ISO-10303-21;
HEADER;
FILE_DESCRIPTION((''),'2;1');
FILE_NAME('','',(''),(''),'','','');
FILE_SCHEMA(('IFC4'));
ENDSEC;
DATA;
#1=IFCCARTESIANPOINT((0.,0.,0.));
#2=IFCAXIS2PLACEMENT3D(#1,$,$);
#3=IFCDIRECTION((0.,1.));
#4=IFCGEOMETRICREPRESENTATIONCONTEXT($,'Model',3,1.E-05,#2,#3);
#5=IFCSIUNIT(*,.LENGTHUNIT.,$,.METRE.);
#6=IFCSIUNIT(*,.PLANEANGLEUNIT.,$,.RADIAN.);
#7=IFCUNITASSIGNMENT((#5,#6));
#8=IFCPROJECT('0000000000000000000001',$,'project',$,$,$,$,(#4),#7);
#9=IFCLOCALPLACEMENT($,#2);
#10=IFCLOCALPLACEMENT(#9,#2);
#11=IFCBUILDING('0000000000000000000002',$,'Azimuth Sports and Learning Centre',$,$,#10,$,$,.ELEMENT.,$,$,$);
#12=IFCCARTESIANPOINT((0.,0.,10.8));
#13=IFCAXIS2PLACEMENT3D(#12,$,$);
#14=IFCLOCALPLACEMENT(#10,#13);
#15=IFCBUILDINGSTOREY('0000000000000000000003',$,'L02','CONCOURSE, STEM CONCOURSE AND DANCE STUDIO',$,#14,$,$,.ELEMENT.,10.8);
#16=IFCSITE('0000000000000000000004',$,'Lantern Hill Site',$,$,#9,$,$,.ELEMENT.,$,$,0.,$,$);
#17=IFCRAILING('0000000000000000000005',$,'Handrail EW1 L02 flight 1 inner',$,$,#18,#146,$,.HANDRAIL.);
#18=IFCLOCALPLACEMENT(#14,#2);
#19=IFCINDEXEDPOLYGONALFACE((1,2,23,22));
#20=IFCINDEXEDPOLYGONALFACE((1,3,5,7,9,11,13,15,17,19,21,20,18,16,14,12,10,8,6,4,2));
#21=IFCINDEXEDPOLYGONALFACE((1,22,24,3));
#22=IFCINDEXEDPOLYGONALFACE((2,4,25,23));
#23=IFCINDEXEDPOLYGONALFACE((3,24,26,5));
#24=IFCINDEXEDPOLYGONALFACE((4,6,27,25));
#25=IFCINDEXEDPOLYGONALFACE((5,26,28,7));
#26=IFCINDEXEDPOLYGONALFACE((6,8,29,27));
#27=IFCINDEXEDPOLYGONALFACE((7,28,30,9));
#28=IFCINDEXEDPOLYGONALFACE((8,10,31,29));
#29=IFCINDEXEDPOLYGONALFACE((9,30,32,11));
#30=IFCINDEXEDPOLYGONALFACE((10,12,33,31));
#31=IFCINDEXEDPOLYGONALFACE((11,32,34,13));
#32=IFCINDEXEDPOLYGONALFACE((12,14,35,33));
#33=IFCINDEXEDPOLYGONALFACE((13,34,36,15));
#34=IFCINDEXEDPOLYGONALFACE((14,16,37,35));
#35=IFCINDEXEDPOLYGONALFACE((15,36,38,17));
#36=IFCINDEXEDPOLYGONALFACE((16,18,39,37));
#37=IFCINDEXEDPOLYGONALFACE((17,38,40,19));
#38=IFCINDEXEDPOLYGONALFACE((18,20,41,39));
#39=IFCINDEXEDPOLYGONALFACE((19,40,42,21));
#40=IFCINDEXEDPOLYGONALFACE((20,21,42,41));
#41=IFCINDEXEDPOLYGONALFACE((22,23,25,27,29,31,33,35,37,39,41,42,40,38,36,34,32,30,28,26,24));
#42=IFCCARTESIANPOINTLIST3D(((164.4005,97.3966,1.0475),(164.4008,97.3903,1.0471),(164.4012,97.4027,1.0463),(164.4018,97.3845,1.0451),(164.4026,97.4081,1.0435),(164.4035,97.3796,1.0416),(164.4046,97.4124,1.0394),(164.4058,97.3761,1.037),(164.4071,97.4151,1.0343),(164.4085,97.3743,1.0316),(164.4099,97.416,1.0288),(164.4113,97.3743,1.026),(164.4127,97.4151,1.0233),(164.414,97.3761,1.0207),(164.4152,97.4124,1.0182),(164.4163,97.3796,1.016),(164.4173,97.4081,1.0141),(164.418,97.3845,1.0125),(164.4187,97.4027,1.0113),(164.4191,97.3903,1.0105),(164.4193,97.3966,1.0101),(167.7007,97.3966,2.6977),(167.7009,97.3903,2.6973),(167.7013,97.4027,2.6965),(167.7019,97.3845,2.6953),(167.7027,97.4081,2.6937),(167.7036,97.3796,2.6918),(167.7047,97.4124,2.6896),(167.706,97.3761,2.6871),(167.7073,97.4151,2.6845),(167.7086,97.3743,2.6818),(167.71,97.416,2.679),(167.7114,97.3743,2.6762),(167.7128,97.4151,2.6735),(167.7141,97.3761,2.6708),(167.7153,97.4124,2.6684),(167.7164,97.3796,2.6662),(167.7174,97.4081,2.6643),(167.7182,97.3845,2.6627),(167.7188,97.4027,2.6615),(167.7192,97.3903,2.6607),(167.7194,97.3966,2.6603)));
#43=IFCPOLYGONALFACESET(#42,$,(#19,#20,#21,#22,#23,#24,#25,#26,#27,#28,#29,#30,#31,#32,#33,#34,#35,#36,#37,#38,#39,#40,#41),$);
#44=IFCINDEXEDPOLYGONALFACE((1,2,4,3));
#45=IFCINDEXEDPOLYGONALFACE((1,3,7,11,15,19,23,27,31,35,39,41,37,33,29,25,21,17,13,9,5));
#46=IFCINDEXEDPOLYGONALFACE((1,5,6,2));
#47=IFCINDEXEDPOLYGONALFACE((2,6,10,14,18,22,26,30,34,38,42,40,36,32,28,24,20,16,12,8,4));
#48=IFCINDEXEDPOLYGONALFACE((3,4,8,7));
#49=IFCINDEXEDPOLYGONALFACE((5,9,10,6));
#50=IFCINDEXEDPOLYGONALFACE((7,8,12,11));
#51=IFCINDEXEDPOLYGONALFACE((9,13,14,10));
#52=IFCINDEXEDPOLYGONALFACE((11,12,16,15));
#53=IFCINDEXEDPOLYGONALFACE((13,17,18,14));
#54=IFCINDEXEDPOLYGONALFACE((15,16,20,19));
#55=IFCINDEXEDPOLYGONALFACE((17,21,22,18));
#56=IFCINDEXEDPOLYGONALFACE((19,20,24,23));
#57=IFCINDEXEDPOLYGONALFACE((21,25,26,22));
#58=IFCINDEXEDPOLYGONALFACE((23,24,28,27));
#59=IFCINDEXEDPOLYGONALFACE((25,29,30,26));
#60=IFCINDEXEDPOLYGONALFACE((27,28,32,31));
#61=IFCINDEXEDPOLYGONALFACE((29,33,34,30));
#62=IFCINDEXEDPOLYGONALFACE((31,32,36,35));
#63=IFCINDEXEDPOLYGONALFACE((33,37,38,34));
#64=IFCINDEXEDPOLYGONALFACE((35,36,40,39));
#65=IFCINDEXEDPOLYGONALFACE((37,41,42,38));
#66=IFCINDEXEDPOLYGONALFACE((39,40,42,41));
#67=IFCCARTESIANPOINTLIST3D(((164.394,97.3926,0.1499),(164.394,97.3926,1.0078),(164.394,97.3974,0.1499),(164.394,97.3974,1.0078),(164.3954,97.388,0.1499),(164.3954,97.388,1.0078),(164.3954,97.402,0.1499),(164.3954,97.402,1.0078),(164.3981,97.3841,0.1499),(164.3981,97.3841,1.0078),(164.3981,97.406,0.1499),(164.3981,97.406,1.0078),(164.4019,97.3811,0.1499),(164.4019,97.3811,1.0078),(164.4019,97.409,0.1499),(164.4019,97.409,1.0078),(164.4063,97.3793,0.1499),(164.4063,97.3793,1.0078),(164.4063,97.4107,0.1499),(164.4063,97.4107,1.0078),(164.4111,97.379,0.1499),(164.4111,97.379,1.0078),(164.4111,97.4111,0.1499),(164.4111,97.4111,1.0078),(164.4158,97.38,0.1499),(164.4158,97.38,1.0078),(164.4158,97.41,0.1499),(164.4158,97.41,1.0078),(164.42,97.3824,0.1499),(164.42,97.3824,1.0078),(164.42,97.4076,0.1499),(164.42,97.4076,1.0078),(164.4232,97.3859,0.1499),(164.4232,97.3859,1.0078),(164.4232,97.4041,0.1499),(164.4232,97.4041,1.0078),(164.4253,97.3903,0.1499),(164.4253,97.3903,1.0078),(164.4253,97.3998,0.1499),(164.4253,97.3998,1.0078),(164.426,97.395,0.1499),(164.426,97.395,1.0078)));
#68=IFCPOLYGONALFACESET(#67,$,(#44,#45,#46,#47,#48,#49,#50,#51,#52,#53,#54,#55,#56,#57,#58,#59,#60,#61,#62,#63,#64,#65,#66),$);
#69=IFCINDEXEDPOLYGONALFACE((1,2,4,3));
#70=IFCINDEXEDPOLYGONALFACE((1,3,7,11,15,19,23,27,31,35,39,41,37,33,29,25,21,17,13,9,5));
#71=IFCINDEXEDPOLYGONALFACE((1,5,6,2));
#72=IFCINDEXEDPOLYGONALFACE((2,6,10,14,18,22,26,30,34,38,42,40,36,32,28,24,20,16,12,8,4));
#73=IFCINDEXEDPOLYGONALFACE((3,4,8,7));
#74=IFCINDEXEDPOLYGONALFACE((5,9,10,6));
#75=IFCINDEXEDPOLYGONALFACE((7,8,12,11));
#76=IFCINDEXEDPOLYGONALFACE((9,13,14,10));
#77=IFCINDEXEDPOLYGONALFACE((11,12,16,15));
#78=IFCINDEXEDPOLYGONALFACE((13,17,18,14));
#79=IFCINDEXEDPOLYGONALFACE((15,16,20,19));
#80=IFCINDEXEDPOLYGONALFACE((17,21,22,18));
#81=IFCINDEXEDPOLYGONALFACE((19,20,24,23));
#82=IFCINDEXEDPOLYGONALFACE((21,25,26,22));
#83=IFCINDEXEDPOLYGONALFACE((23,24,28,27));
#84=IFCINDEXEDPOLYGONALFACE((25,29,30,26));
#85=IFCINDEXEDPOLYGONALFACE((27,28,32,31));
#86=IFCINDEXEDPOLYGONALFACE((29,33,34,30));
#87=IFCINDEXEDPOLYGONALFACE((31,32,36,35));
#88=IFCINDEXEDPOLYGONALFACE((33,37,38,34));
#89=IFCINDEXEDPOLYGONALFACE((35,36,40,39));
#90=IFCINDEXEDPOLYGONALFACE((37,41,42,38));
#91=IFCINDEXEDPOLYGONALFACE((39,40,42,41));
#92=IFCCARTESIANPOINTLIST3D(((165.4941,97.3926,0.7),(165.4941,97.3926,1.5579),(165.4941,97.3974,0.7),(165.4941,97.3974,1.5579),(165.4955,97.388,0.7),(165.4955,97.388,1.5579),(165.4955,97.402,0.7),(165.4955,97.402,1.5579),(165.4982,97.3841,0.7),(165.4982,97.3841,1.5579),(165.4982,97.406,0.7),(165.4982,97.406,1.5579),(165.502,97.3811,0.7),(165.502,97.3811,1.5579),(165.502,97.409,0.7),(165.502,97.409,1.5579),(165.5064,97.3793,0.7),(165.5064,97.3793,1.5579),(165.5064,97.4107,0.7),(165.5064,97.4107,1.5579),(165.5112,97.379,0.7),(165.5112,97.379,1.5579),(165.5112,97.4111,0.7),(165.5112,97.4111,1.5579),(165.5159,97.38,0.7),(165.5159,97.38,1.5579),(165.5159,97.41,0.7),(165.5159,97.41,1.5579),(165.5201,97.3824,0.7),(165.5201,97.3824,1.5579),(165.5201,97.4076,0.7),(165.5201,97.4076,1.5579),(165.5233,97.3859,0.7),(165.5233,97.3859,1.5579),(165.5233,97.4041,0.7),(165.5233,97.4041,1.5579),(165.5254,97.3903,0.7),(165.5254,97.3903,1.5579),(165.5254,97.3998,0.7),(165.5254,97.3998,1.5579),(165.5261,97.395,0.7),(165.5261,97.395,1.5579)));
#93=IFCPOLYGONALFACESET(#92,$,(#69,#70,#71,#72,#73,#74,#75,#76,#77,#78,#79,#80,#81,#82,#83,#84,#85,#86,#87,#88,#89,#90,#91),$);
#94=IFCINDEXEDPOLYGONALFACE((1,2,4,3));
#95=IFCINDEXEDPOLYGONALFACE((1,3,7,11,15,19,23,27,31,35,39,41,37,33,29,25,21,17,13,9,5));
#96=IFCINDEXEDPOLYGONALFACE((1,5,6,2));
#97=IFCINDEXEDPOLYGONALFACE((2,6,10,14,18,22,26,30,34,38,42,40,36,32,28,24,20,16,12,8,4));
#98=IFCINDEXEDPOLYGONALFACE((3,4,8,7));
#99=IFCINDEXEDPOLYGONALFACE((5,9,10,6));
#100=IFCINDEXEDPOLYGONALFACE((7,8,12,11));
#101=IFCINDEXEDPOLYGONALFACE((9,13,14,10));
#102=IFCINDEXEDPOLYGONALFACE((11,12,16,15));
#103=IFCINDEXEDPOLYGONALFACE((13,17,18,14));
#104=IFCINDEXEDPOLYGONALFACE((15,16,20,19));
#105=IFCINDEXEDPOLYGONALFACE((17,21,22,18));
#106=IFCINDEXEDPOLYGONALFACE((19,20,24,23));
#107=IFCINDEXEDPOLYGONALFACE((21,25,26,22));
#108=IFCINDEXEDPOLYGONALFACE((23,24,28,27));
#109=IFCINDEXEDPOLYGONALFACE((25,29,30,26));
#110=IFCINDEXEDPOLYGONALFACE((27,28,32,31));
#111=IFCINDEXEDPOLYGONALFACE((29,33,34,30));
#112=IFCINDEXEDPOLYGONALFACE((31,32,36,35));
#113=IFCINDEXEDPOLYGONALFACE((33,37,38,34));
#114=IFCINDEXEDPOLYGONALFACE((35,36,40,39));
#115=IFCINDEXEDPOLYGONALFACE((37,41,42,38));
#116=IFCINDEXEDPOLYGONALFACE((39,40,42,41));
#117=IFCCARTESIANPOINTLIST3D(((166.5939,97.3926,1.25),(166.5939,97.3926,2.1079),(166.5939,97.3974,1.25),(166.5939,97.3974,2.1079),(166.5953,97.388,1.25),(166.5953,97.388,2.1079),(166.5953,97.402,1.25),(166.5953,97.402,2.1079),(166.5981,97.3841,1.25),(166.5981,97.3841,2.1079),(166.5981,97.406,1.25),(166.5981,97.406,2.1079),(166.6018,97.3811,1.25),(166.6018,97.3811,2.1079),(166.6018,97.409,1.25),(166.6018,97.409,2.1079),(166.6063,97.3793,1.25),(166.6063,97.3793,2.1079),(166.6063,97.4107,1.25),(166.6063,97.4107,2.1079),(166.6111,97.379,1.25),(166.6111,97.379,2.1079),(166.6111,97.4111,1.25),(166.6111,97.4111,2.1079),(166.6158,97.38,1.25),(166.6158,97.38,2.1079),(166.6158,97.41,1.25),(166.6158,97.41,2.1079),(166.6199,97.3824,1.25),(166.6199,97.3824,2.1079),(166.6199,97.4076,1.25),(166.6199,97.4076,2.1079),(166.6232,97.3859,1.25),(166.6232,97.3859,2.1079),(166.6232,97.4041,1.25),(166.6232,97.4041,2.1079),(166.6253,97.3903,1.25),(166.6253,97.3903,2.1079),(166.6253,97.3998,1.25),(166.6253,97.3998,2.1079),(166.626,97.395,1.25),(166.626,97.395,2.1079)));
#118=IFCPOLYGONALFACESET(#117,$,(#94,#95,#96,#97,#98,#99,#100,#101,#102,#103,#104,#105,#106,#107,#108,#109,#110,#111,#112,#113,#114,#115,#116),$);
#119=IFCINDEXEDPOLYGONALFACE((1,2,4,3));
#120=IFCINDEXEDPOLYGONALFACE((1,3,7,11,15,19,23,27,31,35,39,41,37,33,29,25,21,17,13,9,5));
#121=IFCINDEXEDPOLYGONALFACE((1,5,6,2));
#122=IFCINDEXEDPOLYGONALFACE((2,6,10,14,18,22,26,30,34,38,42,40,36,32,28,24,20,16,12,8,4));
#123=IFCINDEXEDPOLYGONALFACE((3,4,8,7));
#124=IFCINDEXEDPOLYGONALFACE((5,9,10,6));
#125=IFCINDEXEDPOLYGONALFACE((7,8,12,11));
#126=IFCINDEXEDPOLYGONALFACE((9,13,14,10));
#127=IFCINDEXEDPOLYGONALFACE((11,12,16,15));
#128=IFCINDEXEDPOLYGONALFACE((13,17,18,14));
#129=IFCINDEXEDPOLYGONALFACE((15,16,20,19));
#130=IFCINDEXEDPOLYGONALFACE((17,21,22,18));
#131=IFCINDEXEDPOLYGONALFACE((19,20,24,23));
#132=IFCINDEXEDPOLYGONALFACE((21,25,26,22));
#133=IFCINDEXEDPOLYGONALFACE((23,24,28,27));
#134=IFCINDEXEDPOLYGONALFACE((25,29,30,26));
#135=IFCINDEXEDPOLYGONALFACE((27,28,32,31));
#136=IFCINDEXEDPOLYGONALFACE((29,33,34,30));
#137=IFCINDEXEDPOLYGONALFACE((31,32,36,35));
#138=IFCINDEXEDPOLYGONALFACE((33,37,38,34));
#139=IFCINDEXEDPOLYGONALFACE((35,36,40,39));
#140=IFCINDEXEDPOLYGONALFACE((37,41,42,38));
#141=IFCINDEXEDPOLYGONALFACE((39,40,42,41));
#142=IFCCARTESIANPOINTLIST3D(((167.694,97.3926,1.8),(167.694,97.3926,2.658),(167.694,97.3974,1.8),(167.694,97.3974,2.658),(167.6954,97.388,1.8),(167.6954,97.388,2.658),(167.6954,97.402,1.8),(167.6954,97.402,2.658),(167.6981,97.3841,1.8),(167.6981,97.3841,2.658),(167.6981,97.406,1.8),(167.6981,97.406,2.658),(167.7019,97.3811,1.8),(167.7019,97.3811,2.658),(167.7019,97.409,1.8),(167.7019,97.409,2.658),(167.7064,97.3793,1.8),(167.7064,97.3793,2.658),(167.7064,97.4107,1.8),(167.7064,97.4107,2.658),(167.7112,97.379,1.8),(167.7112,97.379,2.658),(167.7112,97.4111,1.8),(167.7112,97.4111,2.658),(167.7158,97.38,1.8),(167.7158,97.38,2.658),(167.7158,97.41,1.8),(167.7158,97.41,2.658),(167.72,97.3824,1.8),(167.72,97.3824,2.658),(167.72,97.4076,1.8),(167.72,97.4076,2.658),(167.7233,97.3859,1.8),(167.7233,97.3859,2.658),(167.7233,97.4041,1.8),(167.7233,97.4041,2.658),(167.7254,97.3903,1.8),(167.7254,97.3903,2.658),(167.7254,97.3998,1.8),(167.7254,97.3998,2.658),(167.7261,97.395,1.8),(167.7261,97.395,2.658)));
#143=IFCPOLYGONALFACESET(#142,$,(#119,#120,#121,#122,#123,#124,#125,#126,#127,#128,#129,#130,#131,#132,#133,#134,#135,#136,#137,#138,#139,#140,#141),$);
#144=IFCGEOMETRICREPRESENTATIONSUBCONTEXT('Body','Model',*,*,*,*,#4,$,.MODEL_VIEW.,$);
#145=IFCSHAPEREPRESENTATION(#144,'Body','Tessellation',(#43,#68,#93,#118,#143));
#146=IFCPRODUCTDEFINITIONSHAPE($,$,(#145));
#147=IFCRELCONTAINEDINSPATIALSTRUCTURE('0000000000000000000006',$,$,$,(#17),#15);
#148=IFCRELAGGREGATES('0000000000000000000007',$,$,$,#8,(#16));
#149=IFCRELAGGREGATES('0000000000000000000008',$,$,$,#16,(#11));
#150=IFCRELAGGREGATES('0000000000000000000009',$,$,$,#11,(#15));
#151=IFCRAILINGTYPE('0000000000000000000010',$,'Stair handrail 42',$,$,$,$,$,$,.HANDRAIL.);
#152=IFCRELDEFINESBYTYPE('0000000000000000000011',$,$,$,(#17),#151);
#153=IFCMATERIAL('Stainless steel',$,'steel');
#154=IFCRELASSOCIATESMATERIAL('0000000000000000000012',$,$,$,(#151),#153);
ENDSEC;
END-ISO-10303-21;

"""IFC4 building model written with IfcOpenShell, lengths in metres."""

from ifc_helpers import new_model, si_unit, direction, frame, origin, origin_2d, place, context, subcontext, project, spatial, circle, extrude, material, type_object, element, save


model = new_model("IFC4")

# Units and contexts
model_context = context("Model", 3, precision=1e-05, world=origin(), true_north=direction((0.0, 1.0)))
body_context = subcontext(model_context, "Body", "Model", "MODEL_VIEW")
ifc_project = project(units=[si_unit("LENGTHUNIT", "METRE"), si_unit("PLANEANGLEUNIT", "RADIAN")], contexts=[model_context])

# Site, building, storey
site_placement = place(None, origin())
site = spatial("IfcSite", under=ifc_project, at=site_placement, Name="Lantern Hill Site", CompositionType="ELEMENT", RefElevation=0.0)
building_placement = place(site_placement, origin())
building = spatial("IfcBuilding", under=site, at=building_placement, Name="Azimuth Sports and Learning Centre", CompositionType="ELEMENT")
storey_placement = place(building_placement, frame((0.0, 0.0, 10.8)))
storey = spatial("IfcBuildingStorey", under=building, at=storey_placement, Name="L02", Description="CONCOURSE, STEM CONCOURSE AND DANCE STUDIO", CompositionType="ELEMENT", Elevation=10.8)

# Railing
ifc_material_1 = material(Name="Stainless steel", Category="steel")
railing_type_1 = type_object("IfcRailingType", Name="Stair handrail 42", PredefinedType="HANDRAIL", material=ifc_material_1)
for number, where, name in (
    (1, (164.4099, 97.395, 0.1499), "Handrail EW1 L02 flight 1 inner"),
):
    element("IfcRailing", number, at=place(storey_placement, frame(where)), inside=storey, type_object=railing_type_1, Name=name, PredefinedType="HANDRAIL", context=body_context, shape_type="SweptSolid", body=[
        extrude(circle(Radius=0.021, at=origin_2d()), frame((0.0, 0.0, 0.8789), z_axis=(0.894414, 0.0, 0.44724), x_axis=(0.0, 1.0, 0.0)), (0.0, 0.0, 1.0), 3.6897),
        extrude(circle(Radius=0.0161, at=origin_2d()), origin(), (0.0, 0.0, 1.0), 0.8579),
        extrude(circle(Radius=0.0161, at=origin_2d()), frame((1.1001, 0.0, 0.55)), (0.0, 0.0, 1.0), 0.8579),
        extrude(circle(Radius=0.0161, at=origin_2d()), frame((2.2, 0.0, 1.1001)), (0.0, 0.0, 1.0), 0.8579),
        extrude(circle(Radius=0.0161, at=origin_2d()), frame((3.3, 0.0, 1.6501)), (0.0, 0.0, 1.0), 0.8579),
    ])

save(model, "model.ifc")
